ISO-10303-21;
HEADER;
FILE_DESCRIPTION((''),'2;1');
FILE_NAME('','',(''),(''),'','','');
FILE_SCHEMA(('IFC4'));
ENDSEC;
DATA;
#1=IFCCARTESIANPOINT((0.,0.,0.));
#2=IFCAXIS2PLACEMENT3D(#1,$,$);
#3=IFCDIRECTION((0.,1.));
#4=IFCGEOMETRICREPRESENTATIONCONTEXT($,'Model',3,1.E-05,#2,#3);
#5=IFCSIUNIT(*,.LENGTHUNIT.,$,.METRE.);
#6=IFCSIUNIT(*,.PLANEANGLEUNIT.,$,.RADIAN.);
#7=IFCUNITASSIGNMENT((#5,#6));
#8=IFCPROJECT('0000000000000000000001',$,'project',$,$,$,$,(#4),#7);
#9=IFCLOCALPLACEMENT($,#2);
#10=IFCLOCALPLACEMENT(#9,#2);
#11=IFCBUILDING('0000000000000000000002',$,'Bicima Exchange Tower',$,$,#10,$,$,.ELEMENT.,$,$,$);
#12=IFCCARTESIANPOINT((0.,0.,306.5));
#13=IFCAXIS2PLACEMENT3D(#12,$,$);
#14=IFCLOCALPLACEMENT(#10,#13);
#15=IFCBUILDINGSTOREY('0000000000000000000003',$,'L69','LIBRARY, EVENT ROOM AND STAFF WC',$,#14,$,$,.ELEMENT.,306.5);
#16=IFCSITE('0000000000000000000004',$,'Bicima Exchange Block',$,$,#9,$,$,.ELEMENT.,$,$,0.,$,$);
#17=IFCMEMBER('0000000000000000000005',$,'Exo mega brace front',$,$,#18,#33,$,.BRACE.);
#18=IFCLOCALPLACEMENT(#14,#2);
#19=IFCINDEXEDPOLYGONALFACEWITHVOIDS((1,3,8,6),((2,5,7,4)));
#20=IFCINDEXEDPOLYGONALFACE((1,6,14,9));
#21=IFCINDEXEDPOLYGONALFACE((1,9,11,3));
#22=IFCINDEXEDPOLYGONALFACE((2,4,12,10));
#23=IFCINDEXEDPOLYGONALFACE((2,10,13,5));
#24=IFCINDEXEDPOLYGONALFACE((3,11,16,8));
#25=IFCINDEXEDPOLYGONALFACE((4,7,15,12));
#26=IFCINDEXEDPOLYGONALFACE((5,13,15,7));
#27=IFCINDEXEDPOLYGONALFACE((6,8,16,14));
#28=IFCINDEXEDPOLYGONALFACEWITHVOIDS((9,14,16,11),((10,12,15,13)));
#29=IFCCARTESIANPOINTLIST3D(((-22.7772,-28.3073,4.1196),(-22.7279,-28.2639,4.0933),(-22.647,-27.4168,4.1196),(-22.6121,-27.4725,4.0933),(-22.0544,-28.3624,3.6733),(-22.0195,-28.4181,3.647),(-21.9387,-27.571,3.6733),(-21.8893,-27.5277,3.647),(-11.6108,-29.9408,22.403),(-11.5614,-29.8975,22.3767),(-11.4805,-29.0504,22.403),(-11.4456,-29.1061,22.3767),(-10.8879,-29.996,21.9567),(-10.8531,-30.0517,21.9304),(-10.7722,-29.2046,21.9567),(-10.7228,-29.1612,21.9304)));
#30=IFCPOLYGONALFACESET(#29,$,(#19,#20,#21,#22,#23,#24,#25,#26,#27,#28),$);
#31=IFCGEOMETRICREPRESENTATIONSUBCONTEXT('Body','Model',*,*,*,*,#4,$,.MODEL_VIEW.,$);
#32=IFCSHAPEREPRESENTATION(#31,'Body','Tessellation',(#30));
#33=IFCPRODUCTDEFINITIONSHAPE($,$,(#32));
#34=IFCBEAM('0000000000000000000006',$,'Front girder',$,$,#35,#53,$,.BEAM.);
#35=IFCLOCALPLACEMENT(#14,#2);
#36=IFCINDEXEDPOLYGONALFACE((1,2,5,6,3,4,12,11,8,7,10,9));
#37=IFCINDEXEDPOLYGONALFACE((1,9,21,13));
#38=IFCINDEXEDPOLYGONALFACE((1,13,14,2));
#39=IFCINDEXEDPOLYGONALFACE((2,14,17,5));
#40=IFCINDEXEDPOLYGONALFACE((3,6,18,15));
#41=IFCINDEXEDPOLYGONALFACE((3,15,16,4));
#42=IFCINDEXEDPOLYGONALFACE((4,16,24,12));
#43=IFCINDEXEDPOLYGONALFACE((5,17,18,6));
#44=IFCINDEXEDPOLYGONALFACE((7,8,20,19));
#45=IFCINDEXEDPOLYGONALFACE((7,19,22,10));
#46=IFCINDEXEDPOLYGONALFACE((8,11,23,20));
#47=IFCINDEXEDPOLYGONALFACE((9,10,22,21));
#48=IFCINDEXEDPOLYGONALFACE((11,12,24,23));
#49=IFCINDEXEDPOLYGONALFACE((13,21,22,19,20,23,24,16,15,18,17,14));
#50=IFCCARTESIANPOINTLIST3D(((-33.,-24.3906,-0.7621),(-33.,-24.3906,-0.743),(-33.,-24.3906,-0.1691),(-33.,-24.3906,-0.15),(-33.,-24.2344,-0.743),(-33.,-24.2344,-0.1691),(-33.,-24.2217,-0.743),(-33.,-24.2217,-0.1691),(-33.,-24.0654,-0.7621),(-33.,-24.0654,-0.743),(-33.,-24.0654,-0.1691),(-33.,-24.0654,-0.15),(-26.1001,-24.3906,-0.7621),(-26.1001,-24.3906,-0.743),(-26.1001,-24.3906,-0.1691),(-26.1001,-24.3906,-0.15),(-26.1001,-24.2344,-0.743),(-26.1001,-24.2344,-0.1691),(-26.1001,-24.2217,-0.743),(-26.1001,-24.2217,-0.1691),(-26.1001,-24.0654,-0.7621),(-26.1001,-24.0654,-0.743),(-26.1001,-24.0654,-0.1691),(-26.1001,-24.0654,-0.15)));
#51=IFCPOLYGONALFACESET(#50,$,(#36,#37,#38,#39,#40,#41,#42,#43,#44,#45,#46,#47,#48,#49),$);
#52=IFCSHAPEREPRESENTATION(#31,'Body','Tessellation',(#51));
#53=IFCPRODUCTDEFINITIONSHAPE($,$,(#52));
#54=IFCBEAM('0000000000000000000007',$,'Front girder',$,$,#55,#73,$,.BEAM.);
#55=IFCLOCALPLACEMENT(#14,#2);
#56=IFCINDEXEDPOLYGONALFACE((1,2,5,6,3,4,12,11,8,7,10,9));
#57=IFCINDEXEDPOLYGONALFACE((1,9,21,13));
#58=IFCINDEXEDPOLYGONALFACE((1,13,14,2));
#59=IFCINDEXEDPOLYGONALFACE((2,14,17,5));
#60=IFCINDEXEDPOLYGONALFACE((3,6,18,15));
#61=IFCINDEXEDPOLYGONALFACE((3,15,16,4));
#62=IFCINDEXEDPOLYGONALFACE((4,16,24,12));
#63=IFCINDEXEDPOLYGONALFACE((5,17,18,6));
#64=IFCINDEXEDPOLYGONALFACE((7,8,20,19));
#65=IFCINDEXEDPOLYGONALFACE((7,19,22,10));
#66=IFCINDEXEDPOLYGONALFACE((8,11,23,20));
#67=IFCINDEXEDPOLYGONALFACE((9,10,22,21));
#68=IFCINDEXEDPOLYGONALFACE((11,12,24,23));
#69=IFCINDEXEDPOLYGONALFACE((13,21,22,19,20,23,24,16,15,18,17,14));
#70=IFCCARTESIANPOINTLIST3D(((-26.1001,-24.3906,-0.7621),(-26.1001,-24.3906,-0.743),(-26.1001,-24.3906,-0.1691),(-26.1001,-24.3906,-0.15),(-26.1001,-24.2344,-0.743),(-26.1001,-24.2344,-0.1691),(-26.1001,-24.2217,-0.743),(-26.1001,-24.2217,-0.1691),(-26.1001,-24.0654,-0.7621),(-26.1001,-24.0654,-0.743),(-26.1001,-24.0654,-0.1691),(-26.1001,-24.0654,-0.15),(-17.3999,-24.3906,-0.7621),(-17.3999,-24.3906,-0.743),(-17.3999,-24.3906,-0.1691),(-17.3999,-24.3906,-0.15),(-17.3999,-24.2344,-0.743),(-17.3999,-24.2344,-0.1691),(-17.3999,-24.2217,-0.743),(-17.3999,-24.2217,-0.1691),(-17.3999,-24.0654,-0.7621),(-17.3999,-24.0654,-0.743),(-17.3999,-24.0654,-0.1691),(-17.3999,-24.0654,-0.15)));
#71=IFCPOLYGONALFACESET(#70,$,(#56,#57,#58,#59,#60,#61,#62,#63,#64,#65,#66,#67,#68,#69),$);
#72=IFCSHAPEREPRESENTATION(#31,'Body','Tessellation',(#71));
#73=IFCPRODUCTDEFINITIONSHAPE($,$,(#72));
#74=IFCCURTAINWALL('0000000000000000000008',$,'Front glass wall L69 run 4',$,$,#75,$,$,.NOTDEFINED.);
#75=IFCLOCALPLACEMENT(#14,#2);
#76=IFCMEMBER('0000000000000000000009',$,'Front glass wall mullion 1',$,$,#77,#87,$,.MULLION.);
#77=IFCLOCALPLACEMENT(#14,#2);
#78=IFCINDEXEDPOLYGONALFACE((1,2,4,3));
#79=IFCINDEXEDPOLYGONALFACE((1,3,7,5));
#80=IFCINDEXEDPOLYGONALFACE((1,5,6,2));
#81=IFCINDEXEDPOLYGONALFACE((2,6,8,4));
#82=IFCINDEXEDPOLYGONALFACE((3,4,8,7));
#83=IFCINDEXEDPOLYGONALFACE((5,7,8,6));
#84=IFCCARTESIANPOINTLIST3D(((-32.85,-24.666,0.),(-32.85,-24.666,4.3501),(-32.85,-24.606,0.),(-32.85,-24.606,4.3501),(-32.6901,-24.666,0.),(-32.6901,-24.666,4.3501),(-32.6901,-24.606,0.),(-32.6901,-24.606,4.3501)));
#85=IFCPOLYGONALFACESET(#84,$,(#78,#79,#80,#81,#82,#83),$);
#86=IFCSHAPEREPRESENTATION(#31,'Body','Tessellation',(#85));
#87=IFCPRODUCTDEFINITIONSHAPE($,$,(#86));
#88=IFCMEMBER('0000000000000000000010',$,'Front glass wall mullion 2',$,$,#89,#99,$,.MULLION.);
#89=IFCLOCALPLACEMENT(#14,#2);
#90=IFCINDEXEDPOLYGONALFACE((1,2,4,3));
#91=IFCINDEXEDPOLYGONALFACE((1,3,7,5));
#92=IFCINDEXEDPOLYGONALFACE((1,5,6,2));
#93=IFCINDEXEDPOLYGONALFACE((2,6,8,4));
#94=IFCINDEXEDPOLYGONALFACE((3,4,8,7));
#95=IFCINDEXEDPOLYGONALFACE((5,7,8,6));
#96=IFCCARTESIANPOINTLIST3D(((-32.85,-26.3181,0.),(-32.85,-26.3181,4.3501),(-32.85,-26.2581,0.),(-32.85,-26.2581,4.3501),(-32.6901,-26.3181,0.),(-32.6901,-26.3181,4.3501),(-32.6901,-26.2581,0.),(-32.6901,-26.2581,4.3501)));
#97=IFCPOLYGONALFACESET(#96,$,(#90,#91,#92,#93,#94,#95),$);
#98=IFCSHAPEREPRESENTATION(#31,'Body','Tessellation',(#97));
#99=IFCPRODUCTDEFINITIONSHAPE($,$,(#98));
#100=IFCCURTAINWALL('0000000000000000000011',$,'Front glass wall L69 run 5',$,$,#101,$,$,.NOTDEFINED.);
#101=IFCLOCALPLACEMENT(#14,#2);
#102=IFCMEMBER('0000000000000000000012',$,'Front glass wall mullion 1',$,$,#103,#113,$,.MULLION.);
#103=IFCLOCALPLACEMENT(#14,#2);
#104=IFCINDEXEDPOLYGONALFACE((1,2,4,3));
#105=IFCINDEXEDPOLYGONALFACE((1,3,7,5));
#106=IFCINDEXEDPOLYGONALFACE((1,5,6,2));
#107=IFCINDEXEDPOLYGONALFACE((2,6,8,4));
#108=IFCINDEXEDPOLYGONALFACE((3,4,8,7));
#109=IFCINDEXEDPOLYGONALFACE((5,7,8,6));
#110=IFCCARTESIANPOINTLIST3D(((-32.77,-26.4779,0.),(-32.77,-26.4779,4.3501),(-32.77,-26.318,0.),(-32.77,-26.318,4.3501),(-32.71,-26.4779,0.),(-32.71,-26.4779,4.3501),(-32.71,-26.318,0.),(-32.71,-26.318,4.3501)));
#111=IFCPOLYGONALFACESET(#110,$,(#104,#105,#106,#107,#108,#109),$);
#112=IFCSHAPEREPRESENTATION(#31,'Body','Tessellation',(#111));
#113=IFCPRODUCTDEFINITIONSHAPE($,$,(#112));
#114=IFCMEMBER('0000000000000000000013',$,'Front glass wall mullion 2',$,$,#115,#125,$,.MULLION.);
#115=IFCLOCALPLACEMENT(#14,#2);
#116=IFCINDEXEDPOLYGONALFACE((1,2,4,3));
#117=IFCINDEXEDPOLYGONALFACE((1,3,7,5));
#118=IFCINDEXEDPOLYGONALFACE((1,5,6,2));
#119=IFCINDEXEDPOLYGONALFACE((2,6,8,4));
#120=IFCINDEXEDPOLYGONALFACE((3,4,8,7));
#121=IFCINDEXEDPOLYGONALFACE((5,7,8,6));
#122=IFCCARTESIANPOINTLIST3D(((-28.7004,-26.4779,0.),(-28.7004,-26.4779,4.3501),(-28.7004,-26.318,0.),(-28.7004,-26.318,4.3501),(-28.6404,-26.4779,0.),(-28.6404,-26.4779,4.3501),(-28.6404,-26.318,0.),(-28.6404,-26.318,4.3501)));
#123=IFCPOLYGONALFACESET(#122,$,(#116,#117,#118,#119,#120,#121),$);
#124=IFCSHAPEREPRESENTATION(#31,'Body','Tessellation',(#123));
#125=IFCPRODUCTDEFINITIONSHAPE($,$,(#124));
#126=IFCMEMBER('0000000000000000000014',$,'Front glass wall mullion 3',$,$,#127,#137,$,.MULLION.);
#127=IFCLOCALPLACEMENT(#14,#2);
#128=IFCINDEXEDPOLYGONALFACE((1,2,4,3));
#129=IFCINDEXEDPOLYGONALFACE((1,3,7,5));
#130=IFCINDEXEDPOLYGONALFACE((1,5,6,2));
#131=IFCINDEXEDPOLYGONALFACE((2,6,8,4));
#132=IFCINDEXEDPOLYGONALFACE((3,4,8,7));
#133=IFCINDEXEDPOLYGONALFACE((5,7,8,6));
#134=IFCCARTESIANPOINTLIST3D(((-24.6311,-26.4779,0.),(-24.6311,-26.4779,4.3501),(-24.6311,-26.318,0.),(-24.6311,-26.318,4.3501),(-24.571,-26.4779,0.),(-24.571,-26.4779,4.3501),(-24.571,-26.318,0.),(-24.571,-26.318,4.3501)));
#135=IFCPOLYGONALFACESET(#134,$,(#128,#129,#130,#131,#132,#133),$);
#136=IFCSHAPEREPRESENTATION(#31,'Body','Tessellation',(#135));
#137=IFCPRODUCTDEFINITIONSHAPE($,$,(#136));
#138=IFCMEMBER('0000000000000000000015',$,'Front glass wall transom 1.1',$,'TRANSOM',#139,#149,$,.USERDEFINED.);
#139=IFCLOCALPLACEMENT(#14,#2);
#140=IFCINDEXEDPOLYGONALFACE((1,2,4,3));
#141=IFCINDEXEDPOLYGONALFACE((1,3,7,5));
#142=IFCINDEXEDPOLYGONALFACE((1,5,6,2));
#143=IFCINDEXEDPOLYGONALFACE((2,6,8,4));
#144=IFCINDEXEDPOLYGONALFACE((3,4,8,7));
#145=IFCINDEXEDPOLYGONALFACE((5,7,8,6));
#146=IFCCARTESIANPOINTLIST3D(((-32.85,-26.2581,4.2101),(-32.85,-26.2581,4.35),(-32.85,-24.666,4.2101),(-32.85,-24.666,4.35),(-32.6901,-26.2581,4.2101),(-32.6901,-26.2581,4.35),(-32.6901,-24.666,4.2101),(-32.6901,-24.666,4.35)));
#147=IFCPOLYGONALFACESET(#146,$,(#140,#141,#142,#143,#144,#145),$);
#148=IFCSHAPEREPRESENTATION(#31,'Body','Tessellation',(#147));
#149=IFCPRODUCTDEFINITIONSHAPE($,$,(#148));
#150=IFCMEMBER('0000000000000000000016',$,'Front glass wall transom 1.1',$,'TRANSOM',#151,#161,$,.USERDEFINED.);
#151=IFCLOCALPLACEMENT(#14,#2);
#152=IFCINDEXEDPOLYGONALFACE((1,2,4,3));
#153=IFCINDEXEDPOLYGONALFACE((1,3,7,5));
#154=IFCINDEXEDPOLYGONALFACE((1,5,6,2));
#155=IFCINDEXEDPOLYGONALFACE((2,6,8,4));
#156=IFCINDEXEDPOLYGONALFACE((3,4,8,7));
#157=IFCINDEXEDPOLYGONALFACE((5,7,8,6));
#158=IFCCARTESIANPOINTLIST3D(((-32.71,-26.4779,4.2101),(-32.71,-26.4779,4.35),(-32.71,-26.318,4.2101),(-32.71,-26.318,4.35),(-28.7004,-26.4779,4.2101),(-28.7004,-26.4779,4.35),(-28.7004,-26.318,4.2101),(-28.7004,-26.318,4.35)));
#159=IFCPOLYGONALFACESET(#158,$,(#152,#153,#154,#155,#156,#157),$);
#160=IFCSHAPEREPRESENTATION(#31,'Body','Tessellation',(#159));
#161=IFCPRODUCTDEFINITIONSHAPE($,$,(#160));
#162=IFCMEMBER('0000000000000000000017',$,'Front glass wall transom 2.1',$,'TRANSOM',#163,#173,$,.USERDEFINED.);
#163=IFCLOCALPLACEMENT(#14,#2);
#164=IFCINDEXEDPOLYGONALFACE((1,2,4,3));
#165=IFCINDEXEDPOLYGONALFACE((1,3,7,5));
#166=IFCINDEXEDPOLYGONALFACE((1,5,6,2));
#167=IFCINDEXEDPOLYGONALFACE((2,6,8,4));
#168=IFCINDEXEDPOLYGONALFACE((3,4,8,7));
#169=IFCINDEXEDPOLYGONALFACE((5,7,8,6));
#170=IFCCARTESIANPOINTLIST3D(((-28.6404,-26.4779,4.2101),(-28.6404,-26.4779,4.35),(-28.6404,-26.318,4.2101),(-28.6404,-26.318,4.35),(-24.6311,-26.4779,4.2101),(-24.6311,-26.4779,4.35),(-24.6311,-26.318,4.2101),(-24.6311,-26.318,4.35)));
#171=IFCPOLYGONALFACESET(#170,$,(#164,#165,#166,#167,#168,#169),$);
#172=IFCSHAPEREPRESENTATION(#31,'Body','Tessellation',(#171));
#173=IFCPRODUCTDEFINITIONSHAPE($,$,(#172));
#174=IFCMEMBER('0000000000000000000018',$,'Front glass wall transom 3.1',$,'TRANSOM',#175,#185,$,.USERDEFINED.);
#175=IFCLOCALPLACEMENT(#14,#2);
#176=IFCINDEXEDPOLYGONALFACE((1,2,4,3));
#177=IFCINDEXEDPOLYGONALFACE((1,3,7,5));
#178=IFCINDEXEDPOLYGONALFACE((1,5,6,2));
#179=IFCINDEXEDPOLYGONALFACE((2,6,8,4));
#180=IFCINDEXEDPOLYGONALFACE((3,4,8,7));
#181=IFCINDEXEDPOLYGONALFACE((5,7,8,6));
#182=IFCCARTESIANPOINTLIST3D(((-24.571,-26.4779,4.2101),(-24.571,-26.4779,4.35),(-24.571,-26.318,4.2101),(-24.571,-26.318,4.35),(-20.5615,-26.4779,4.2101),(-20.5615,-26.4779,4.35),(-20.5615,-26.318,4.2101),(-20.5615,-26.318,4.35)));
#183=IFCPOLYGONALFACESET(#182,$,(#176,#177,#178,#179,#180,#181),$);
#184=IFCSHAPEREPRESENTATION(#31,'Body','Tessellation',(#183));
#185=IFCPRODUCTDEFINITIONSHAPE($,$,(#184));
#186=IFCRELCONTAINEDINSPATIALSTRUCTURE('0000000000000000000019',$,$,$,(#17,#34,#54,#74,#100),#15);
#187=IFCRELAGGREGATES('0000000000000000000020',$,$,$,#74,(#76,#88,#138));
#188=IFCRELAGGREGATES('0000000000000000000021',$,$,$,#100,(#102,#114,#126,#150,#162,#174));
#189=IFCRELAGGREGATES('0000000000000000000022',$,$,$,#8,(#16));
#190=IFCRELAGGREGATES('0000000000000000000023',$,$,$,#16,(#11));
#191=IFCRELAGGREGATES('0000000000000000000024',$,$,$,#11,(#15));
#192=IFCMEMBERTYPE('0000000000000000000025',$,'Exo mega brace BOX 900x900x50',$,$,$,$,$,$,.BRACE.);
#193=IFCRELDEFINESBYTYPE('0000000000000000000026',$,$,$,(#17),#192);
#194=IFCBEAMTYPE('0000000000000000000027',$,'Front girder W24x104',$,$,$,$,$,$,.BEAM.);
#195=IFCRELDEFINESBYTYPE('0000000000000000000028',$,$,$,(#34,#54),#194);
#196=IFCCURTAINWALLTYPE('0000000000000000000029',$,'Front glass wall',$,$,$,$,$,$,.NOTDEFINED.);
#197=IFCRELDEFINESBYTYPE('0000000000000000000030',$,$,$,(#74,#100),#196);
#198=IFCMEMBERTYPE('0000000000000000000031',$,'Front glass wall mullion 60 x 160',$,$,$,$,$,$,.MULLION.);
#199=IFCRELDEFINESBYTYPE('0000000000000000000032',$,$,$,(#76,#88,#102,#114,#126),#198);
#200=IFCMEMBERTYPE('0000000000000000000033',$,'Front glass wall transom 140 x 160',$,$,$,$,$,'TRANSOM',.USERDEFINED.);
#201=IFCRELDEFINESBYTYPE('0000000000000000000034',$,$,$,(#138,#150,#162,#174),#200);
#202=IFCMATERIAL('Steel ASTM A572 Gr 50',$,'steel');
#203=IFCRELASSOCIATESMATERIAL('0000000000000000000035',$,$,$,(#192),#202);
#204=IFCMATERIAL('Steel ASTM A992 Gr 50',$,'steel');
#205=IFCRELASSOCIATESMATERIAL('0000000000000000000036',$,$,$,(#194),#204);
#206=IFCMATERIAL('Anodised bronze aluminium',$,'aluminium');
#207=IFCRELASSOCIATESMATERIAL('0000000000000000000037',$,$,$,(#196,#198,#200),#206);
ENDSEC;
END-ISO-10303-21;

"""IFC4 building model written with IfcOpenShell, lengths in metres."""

from ifc_helpers import new_model, si_unit, direction, frame, origin, origin_2d, place, context, subcontext, project, spatial, rectangle, hollow_rectangle, i_section, extrude, material, material_profile, profile_set, type_object, element, aggregate, save


model = new_model("IFC4")

# Units and contexts
model_context = context("Model", 3, precision=1e-05, world=origin(), true_north=direction((0.0, 1.0)))
body_context = subcontext(model_context, "Body", "Model", "MODEL_VIEW")
ifc_project = project(units=[si_unit("LENGTHUNIT", "METRE"), si_unit("PLANEANGLEUNIT", "RADIAN")], contexts=[model_context])

# Site, building, storey
site_placement = place(None, origin())
site = spatial("IfcSite", under=ifc_project, at=site_placement, Name="Bicima Exchange Block", CompositionType="ELEMENT", RefElevation=0.0)
building_placement = place(site_placement, origin())
building = spatial("IfcBuilding", under=site, at=building_placement, Name="Bicima Exchange Tower", CompositionType="ELEMENT")
storey_placement = place(building_placement, frame((0.0, 0.0, 306.5)))
storey = spatial("IfcBuildingStorey", under=building, at=storey_placement, Name="L69", Description="LIBRARY, EVENT ROOM AND STAFF WC", CompositionType="ELEMENT", Elevation=306.5)

# Member
ifc_material_1 = material(Name="Steel ASTM A572 Gr 50", Category="steel")
ifc_material_profile_1 = material_profile(ifc_material_1, hollow_rectangle(XDim=0.8999, YDim=0.8999, WallThickness=0.05, at=origin_2d()))
ifc_profile_set_1 = profile_set([ifc_material_profile_1], Name="Steel ASTM A572 Gr 50")
member_type_1 = type_object("IfcMemberType", Name="Exo mega brace BOX 900x900x50", PredefinedType="BRACE", material=ifc_profile_set_1)
member_1_placement = place(storey_placement, frame((-22.3333, -27.9175, 3.8833), z_axis=(0.519713, -0.076029, 0.850951), x_axis=(0.144749, 0.989468, 0.0)))
element("IfcMember", 1, at=member_1_placement, inside=storey, type_object=member_type_1, Name="Exo mega brace front", PredefinedType="BRACE", context=body_context, shape_type="SweptSolid", body=[
    extrude(hollow_rectangle(XDim=0.8999, YDim=0.8999, WallThickness=0.05, at=origin_2d()), origin(), (0.0, 0.0, 1.0), 21.4858),
])

# Beams
ifc_material_2 = material(Name="Steel ASTM A992 Gr 50", Category="steel")
ifc_material_profile_2 = material_profile(ifc_material_2, i_section(OverallWidth=0.3252, OverallDepth=0.6121, WebThickness=0.0127, FlangeThickness=0.019, at=origin_2d()))
ifc_profile_set_2 = profile_set([ifc_material_profile_2], Name="Steel ASTM A992 Gr 50")
beam_type = type_object("IfcBeamType", Name="Front girder W24x104", PredefinedType="BEAM", material=ifc_profile_set_2)
beam_1_placement = place(storey_placement, frame((-33.0, -24.228, -0.4561), z_axis=(1.0, 0.0, 0.0), x_axis=(0.0, 1.0, 0.0)))
element("IfcBeam", 2, at=beam_1_placement, inside=storey, type_object=beam_type, Name="Front girder", PredefinedType="BEAM", context=body_context, shape_type="SweptSolid", body=[
    extrude(i_section(OverallWidth=0.3252, OverallDepth=0.6121, WebThickness=0.0127, FlangeThickness=0.019, at=origin_2d()), origin(), (0.0, 0.0, 1.0), 6.8999),
])
beam_2_placement = place(storey_placement, frame((-26.1001, -24.228, -0.4561), z_axis=(1.0, 0.0, 0.0), x_axis=(0.0, 1.0, 0.0)))
element("IfcBeam", 3, at=beam_2_placement, inside=storey, type_object=beam_type, Name="Front girder", PredefinedType="BEAM", context=body_context, shape_type="SweptSolid", body=[
    extrude(i_section(OverallWidth=0.3252, OverallDepth=0.6121, WebThickness=0.0127, FlangeThickness=0.019, at=origin_2d()), origin(), (0.0, 0.0, 1.0), 8.7002),
])

# Curtain walls, members
ifc_material_3 = material(Name="Anodised bronze aluminium", Category="aluminium")
curtain_wall_type = type_object("IfcCurtainWallType", Name="Front glass wall", PredefinedType="NOTDEFINED", material=ifc_material_3)
curtain_wall_1_placement = place(storey_placement, origin())
curtain_wall_1 = element("IfcCurtainWall", 4, at=curtain_wall_1_placement, inside=storey, type_object=curtain_wall_type, Name="Front glass wall L69 run 4", PredefinedType="NOTDEFINED")
ifc_material_profile_3 = material_profile(ifc_material_3, rectangle(XDim=0.1599, YDim=0.0601, at=origin_2d()))
ifc_profile_set_3 = profile_set([ifc_material_profile_3], Name="Anodised bronze aluminium")
member_type_2 = type_object("IfcMemberType", Name="Front glass wall mullion 60 x 160", PredefinedType="MULLION", material=ifc_profile_set_3)
member_2_placement = place(storey_placement, frame((-32.77, -24.636, 0.0), z_axis=(0.0, 0.0, 1.0), x_axis=(1.0, 0.0, 0.0)))
member_2 = element("IfcMember", 5, at=member_2_placement, type_object=member_type_2, Name="Front glass wall mullion 1", PredefinedType="MULLION", context=body_context, shape_type="SweptSolid", body=[
    extrude(rectangle(XDim=0.1599, YDim=0.0601, at=origin_2d()), origin(), (0.0, 0.0, 1.0), 4.3501),
])
member_3_placement = place(storey_placement, frame((-32.77, -26.2881, 0.0), z_axis=(0.0, 0.0, 1.0), x_axis=(1.0, 0.0, 0.0)))
member_3 = element("IfcMember", 6, at=member_3_placement, type_object=member_type_2, Name="Front glass wall mullion 2", PredefinedType="MULLION", context=body_context, shape_type="SweptSolid", body=[
    extrude(rectangle(XDim=0.1599, YDim=0.0601, at=origin_2d()), origin(), (0.0, 0.0, 1.0), 4.3501),
])
curtain_wall_2_placement = place(storey_placement, origin())
curtain_wall_2 = element("IfcCurtainWall", 7, at=curtain_wall_2_placement, inside=storey, type_object=curtain_wall_type, Name="Front glass wall L69 run 5", PredefinedType="NOTDEFINED")
member_4_placement = place(storey_placement, frame((-32.74, -26.3979, 0.0), z_axis=(0.0, 0.0, 1.0), x_axis=(0.0, 1.0, 0.0)))
member_4 = element("IfcMember", 8, at=member_4_placement, type_object=member_type_2, Name="Front glass wall mullion 1", PredefinedType="MULLION", context=body_context, shape_type="SweptSolid", body=[
    extrude(rectangle(XDim=0.1599, YDim=0.0601, at=origin_2d()), origin(), (0.0, 0.0, 1.0), 4.3501),
])
member_5_placement = place(storey_placement, frame((-28.6704, -26.3979, 0.0), z_axis=(0.0, 0.0, 1.0), x_axis=(0.0, 1.0, 0.0)))
member_5 = element("IfcMember", 9, at=member_5_placement, type_object=member_type_2, Name="Front glass wall mullion 2", PredefinedType="MULLION", context=body_context, shape_type="SweptSolid", body=[
    extrude(rectangle(XDim=0.1599, YDim=0.0601, at=origin_2d()), origin(), (0.0, 0.0, 1.0), 4.3501),
])
member_6_placement = place(storey_placement, frame((-24.6011, -26.3979, 0.0), z_axis=(0.0, 0.0, 1.0), x_axis=(0.0, 1.0, 0.0)))
member_6 = element("IfcMember", 10, at=member_6_placement, type_object=member_type_2, Name="Front glass wall mullion 3", PredefinedType="MULLION", context=body_context, shape_type="SweptSolid", body=[
    extrude(rectangle(XDim=0.1599, YDim=0.0601, at=origin_2d()), origin(), (0.0, 0.0, 1.0), 4.3501),
])

# Members
ifc_material_profile_4 = material_profile(ifc_material_3, rectangle(XDim=0.1599, YDim=0.1399, at=origin_2d()))
ifc_profile_set_4 = profile_set([ifc_material_profile_4], Name="Anodised bronze aluminium")
member_type_3 = type_object("IfcMemberType", Name="Front glass wall transom 140 x 160", ElementType="TRANSOM", PredefinedType="USERDEFINED", material=ifc_profile_set_4)
member_7_placement = place(storey_placement, frame((-32.77, -24.666, 4.28), z_axis=(0.0, -1.0, 0.0), x_axis=(1.0, 0.0, 0.0)))
member_7 = element("IfcMember", 11, at=member_7_placement, type_object=member_type_3, Name="Front glass wall transom 1.1", ObjectType="TRANSOM", PredefinedType="USERDEFINED", context=body_context, shape_type="SweptSolid", body=[
    extrude(rectangle(XDim=0.1599, YDim=0.1399, at=origin_2d()), origin(), (0.0, 0.0, 1.0), 1.592),
])
member_8_placement = place(storey_placement, frame((-32.71, -26.3979, 4.28), z_axis=(1.0, 0.0, 0.0), x_axis=(0.0, 1.0, 0.0)))
member_8 = element("IfcMember", 12, at=member_8_placement, type_object=member_type_3, Name="Front glass wall transom 1.1", ObjectType="TRANSOM", PredefinedType="USERDEFINED", context=body_context, shape_type="SweptSolid", body=[
    extrude(rectangle(XDim=0.1599, YDim=0.1399, at=origin_2d()), origin(), (0.0, 0.0, 1.0), 4.0095),
])
member_9_placement = place(storey_placement, frame((-28.6404, -26.3979, 4.28), z_axis=(1.0, 0.0, 0.0), x_axis=(0.0, 1.0, 0.0)))
member_9 = element("IfcMember", 13, at=member_9_placement, type_object=member_type_3, Name="Front glass wall transom 2.1", ObjectType="TRANSOM", PredefinedType="USERDEFINED", context=body_context, shape_type="SweptSolid", body=[
    extrude(rectangle(XDim=0.1599, YDim=0.1399, at=origin_2d()), origin(), (0.0, 0.0, 1.0), 4.0093),
])
member_10_placement = place(storey_placement, frame((-24.571, -26.3979, 4.28), z_axis=(1.0, 0.0, 0.0), x_axis=(0.0, 1.0, 0.0)))
member_10 = element("IfcMember", 14, at=member_10_placement, type_object=member_type_3, Name="Front glass wall transom 3.1", ObjectType="TRANSOM", PredefinedType="USERDEFINED", context=body_context, shape_type="SweptSolid", body=[
    extrude(rectangle(XDim=0.1599, YDim=0.1399, at=origin_2d()), origin(), (0.0, 0.0, 1.0), 4.0095),
])

aggregate(curtain_wall_1, [member_2, member_3, member_7])
aggregate(curtain_wall_2, [member_4, member_5, member_6, member_8, member_9, member_10])

save(model, "model.ifc")
